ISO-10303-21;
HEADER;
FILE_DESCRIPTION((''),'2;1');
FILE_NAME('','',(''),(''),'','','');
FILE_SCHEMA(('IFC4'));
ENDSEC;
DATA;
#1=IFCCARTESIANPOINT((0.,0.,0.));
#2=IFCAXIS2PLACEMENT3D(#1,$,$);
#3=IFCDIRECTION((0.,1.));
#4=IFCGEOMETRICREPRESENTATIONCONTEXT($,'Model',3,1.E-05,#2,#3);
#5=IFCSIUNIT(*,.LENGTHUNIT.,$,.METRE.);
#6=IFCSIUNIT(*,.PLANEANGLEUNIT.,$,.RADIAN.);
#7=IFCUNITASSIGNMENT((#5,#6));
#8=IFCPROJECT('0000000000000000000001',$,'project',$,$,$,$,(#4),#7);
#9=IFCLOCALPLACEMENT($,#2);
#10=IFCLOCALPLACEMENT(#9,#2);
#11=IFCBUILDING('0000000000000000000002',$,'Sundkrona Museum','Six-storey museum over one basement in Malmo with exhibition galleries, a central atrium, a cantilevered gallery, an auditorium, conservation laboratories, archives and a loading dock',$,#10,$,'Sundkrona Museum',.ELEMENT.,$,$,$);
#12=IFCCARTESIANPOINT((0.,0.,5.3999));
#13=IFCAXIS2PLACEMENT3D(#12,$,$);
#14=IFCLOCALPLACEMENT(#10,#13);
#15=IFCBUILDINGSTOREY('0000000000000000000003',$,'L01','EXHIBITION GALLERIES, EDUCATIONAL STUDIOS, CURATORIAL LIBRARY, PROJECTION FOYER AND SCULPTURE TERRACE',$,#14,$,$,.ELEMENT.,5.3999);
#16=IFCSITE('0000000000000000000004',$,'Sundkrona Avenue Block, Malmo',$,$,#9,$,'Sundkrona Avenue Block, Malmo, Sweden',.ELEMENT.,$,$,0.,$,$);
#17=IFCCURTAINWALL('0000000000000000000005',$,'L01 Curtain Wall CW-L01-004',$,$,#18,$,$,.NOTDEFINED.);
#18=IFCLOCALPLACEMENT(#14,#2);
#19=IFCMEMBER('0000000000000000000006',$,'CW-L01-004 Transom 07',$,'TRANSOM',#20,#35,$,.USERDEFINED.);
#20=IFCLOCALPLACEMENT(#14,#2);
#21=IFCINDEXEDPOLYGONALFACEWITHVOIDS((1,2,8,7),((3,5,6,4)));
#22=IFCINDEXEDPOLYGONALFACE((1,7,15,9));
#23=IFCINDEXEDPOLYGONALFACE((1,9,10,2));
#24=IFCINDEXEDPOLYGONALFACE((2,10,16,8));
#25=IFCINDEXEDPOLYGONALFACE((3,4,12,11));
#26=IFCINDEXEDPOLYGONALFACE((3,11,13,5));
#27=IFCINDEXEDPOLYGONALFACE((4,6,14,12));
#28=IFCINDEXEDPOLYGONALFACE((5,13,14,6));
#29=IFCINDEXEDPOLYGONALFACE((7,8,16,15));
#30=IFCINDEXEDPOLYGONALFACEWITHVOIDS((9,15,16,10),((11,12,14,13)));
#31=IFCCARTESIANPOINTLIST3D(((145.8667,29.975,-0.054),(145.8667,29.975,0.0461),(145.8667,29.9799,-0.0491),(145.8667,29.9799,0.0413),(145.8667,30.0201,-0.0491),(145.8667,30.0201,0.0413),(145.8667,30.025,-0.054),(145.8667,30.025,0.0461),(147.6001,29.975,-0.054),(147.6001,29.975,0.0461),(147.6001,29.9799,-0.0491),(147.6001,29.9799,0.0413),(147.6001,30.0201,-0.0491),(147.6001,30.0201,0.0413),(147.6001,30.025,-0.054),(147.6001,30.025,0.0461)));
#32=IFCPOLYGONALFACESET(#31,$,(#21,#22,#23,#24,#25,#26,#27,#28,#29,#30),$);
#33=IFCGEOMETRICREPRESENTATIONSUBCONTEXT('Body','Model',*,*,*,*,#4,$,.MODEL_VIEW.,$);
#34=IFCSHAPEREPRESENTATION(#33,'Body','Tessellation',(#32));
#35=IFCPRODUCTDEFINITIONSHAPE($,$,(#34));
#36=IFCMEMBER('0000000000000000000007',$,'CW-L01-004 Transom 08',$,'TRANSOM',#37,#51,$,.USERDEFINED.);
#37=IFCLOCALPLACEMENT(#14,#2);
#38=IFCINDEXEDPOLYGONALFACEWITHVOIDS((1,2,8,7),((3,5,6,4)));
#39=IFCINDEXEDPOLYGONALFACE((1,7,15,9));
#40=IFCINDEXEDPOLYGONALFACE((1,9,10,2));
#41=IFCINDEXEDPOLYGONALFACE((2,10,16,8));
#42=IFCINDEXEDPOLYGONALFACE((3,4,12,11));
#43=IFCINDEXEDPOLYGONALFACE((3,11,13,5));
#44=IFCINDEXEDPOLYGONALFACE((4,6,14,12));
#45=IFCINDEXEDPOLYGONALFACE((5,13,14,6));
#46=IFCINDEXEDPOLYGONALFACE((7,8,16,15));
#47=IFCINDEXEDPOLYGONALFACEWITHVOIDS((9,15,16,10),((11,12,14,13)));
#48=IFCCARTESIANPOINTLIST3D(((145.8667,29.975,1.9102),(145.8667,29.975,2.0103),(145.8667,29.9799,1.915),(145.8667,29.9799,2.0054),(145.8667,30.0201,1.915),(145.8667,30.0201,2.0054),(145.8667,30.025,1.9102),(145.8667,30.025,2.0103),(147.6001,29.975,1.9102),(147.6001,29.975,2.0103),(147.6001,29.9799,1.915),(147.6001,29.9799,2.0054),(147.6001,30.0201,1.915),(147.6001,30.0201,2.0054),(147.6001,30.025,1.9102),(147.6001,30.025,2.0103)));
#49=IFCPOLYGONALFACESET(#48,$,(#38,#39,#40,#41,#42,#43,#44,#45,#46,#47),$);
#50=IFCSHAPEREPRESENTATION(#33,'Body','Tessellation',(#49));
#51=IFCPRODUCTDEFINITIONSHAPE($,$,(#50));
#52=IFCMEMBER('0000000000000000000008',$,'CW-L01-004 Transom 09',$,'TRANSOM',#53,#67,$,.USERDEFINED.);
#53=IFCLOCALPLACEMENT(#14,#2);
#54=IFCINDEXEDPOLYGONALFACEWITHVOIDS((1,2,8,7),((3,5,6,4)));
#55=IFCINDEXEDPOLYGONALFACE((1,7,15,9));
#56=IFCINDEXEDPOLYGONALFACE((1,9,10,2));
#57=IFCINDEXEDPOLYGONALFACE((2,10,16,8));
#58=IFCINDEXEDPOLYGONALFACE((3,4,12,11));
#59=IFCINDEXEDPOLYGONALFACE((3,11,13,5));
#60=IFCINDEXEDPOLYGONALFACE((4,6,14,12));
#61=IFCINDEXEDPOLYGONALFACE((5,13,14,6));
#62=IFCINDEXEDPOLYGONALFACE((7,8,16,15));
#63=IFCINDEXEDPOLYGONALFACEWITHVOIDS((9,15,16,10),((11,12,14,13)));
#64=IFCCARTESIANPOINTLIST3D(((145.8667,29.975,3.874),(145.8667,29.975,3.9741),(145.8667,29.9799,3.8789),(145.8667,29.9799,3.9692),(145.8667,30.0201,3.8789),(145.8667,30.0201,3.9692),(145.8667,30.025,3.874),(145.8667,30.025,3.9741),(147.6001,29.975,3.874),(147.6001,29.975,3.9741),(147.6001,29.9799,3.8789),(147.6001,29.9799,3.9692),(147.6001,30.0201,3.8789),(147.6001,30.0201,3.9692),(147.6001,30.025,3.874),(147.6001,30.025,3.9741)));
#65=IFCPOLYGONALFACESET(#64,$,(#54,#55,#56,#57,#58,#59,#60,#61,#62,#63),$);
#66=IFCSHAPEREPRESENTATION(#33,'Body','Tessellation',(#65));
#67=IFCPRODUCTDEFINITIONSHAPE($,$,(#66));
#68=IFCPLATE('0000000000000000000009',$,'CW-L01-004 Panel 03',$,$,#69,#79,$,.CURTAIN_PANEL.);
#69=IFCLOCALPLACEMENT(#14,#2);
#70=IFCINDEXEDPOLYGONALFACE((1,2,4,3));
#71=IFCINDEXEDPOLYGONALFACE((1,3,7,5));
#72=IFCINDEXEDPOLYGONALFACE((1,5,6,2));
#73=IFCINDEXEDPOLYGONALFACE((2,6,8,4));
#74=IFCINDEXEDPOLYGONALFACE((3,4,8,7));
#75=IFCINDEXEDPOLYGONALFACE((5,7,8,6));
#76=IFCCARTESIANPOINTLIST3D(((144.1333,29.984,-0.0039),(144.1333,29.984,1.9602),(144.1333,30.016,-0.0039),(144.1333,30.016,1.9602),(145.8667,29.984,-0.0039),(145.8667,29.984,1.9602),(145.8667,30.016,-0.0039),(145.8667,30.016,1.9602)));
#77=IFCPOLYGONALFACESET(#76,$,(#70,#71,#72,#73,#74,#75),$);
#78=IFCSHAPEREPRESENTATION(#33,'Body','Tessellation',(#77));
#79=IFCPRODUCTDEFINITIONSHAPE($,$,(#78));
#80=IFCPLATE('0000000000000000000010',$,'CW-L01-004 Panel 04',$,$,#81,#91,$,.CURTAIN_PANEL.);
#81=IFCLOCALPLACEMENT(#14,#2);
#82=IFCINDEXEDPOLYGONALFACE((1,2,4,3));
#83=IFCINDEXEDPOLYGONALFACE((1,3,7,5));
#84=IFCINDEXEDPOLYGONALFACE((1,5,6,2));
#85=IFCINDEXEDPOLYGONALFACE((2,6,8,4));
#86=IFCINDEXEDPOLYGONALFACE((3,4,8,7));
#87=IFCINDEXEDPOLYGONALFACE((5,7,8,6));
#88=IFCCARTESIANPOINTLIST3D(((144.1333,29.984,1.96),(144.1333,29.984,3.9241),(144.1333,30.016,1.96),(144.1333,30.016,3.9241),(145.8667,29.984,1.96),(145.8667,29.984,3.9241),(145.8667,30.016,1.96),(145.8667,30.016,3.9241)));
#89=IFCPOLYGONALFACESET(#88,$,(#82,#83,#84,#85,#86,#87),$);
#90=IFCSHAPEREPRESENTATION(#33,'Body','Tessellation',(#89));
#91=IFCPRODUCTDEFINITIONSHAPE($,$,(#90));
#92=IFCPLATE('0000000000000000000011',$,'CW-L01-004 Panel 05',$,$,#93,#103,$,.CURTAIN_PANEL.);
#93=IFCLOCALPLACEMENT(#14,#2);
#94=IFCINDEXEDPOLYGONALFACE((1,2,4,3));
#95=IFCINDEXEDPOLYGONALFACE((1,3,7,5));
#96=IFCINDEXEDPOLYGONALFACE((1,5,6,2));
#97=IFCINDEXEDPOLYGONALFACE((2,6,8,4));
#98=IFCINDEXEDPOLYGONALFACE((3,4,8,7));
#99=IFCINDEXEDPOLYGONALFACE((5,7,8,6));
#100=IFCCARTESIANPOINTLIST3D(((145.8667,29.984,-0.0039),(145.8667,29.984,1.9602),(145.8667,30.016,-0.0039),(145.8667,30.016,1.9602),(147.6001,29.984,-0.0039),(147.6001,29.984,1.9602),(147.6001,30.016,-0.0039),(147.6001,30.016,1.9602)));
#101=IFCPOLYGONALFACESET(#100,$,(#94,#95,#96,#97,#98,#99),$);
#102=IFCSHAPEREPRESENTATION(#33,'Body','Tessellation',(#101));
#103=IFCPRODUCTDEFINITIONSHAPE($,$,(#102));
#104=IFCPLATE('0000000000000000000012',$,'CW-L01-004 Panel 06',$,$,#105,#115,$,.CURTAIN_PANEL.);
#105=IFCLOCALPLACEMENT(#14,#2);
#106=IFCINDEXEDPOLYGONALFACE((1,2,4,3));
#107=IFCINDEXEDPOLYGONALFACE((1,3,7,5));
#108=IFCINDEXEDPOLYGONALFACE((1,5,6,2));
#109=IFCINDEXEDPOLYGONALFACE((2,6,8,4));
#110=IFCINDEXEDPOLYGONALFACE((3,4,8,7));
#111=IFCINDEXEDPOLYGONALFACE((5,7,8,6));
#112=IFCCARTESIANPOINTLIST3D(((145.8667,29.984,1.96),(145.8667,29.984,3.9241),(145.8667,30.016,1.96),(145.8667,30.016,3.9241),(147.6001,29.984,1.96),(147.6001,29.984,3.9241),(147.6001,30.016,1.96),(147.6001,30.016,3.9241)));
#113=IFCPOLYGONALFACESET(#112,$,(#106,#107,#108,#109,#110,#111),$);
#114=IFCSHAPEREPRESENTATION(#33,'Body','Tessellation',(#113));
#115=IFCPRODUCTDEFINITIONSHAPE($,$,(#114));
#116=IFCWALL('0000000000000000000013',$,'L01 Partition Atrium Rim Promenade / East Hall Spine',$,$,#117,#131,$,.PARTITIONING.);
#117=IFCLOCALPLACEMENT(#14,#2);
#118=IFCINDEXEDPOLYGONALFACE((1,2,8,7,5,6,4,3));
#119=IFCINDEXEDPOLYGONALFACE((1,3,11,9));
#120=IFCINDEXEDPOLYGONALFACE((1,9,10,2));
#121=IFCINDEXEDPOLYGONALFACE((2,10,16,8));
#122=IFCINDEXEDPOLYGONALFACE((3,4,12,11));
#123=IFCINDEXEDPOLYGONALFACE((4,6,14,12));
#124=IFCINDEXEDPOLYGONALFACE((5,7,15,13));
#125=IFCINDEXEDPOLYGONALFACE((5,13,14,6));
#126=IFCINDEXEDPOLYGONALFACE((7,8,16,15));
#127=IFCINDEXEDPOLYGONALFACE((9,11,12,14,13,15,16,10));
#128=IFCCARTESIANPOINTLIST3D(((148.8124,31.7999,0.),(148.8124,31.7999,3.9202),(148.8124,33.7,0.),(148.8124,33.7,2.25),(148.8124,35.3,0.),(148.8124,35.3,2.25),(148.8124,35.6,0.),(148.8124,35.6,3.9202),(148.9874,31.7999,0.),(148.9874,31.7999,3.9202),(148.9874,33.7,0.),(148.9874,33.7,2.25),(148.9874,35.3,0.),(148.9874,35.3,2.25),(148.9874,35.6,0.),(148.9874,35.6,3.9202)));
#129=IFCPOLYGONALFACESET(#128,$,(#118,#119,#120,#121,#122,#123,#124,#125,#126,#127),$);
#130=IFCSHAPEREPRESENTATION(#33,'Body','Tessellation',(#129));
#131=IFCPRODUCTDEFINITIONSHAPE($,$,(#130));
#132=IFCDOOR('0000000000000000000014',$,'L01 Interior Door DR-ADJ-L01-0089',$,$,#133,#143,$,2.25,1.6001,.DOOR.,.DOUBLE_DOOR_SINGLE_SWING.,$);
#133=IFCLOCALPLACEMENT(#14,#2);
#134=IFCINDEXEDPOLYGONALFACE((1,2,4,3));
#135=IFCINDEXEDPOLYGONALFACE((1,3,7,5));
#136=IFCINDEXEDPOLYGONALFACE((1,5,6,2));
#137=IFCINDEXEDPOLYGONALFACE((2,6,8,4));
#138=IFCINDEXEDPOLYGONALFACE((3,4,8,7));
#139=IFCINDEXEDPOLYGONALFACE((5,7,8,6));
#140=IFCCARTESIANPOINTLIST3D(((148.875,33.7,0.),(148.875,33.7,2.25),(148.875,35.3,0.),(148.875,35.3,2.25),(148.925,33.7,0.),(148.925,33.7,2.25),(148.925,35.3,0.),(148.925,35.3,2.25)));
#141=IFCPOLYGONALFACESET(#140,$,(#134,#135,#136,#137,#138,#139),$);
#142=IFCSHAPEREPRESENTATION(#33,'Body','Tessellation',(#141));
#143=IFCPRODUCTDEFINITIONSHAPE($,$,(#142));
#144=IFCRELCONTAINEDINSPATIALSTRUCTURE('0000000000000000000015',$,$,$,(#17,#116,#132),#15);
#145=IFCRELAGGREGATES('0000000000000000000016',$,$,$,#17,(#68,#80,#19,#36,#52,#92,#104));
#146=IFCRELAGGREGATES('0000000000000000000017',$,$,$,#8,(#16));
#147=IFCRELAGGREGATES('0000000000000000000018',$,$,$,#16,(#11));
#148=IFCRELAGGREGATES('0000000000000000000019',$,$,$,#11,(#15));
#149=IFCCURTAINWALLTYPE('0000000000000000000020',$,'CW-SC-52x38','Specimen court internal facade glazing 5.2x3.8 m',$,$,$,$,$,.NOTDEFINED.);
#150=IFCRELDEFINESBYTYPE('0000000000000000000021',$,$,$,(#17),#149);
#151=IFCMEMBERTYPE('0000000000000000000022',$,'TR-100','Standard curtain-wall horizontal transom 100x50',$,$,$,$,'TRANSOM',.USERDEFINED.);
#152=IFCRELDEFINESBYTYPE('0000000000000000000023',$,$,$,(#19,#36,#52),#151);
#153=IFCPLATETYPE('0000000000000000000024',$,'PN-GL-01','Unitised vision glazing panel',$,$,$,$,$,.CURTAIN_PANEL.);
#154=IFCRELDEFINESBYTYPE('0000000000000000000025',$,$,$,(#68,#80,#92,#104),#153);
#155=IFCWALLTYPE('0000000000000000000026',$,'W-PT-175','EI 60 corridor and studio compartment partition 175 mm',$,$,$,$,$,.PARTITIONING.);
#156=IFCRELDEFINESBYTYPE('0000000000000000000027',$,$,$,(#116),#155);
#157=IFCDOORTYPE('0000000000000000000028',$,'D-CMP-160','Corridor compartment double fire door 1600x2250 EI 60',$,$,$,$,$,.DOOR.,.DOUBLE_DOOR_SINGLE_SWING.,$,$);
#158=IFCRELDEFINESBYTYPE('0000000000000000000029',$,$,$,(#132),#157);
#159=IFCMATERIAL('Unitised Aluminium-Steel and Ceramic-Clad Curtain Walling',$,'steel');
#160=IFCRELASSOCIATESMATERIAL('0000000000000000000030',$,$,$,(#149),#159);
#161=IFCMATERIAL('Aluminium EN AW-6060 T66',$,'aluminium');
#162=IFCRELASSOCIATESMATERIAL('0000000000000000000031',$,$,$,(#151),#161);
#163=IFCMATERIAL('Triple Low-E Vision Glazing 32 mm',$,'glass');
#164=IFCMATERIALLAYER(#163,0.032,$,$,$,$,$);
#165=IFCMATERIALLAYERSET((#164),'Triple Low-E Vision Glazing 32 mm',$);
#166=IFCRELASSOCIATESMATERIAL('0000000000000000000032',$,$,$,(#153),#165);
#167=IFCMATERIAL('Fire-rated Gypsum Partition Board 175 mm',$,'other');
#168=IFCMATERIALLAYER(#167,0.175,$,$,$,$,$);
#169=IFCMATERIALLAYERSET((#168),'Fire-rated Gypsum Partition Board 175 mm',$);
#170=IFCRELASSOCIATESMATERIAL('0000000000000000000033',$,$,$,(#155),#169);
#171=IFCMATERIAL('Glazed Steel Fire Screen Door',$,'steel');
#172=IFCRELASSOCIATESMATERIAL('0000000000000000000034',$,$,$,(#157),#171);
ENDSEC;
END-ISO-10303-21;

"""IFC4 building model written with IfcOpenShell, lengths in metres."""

from ifc_helpers import new_model, si_unit, direction, frame, frame_2d, origin, origin_2d, place, context, subcontext, project, spatial, rectangle, hollow_rectangle, extrude, material, layer, layer_set, material_profile, profile_set, type_object, element, fill, aggregate, save


model = new_model("IFC4")

# Units and contexts
model_context = context("Model", 3, precision=1e-05, world=origin(), true_north=direction((0.0, 1.0)))
body_context = subcontext(model_context, "Body", "Model", "MODEL_VIEW")
ifc_project = project(units=[si_unit("LENGTHUNIT", "METRE"), si_unit("PLANEANGLEUNIT", "RADIAN")], contexts=[model_context])

# Site, building, storey
site_placement = place(None, origin())
site = spatial("IfcSite", under=ifc_project, at=site_placement, Name="Sundkrona Avenue Block, Malmo", LongName="Sundkrona Avenue Block, Malmo, Sweden", CompositionType="ELEMENT", RefElevation=0.0)
building_placement = place(site_placement, origin())
building = spatial("IfcBuilding", under=site, at=building_placement, Name="Sundkrona Museum", Description="Six-storey museum over one basement in Malmo with exhibition galleries, a central atrium, a cantilevered gallery, an auditorium, conservation laboratories, archives and a loading dock", LongName="Sundkrona Museum", CompositionType="ELEMENT")
storey_placement = place(building_placement, frame((0.0, 0.0, 5.3999)))
storey = spatial("IfcBuildingStorey", under=building, at=storey_placement, Name="L01", Description="EXHIBITION GALLERIES, EDUCATIONAL STUDIOS, CURATORIAL LIBRARY, PROJECTION FOYER AND SCULPTURE TERRACE", CompositionType="ELEMENT", Elevation=5.3999)

# Curtain wall, members, plates
ifc_material_1 = material(Name="Unitised Aluminium-Steel and Ceramic-Clad Curtain Walling", Category="steel")
curtain_wall_type = type_object("IfcCurtainWallType", Name="CW-SC-52x38", Description="Specimen court internal facade glazing 5.2x3.8 m", PredefinedType="NOTDEFINED", material=ifc_material_1)
curtain_wall_placement = place(storey_placement, origin())
curtain_wall = element("IfcCurtainWall", 1, at=curtain_wall_placement, inside=storey, type_object=curtain_wall_type, Name="L01 Curtain Wall CW-L01-004", PredefinedType="NOTDEFINED")
ifc_material_2 = material(Name="Aluminium EN AW-6060 T66", Category="aluminium")
ifc_material_profile_1 = material_profile(ifc_material_2, hollow_rectangle(XDim=0.05, YDim=0.1001, WallThickness=0.0049, at=origin_2d()), Name="RHS 100x50x5.0")
ifc_profile_set_1 = profile_set([ifc_material_profile_1], Name="Aluminium EN AW-6060 T66")
member_type_1 = type_object("IfcMemberType", Name="TR-100", Description="Standard curtain-wall horizontal transom 100x50", ElementType="TRANSOM", PredefinedType="USERDEFINED", material=ifc_profile_set_1)
member_1_placement = place(storey_placement, frame((145.8667, 30.0, -0.0039), z_axis=(1.0, 0.0, 0.0), x_axis=(0.0, 1.0, 0.0)))
member_1 = element("IfcMember", 2, at=member_1_placement, type_object=member_type_1, Name="CW-L01-004 Transom 07", ObjectType="TRANSOM", PredefinedType="USERDEFINED", context=body_context, shape_type="SweptSolid", body=[
    extrude(hollow_rectangle(XDim=0.05, YDim=0.1001, WallThickness=0.0049, at=origin_2d()), origin(), (0.0, 0.0, 1.0), 1.7334),
])
member_2_placement = place(storey_placement, frame((145.8667, 30.0, 1.9602), z_axis=(1.0, 0.0, 0.0), x_axis=(0.0, 1.0, 0.0)))
member_2 = element("IfcMember", 3, at=member_2_placement, type_object=member_type_1, Name="CW-L01-004 Transom 08", ObjectType="TRANSOM", PredefinedType="USERDEFINED", context=body_context, shape_type="SweptSolid", body=[
    extrude(hollow_rectangle(XDim=0.05, YDim=0.1001, WallThickness=0.0049, at=origin_2d()), origin(), (0.0, 0.0, 1.0), 1.7334),
])
member_3_placement = place(storey_placement, frame((145.8667, 30.0, 3.9241), z_axis=(1.0, 0.0, 0.0), x_axis=(0.0, 1.0, 0.0)))
member_3 = element("IfcMember", 4, at=member_3_placement, type_object=member_type_1, Name="CW-L01-004 Transom 09", ObjectType="TRANSOM", PredefinedType="USERDEFINED", context=body_context, shape_type="SweptSolid", body=[
    extrude(hollow_rectangle(XDim=0.05, YDim=0.1001, WallThickness=0.0049, at=origin_2d()), origin(), (0.0, 0.0, 1.0), 1.7334),
])
ifc_material_3 = material(Name="Triple Low-E Vision Glazing 32 mm", Category="glass")
ifc_layer_1 = layer(ifc_material_3, 0.032)
ifc_layer_set_1 = layer_set([ifc_layer_1], Name="Triple Low-E Vision Glazing 32 mm")
plate_type = type_object("IfcPlateType", Name="PN-GL-01", Description="Unitised vision glazing panel", PredefinedType="CURTAIN_PANEL", material=ifc_layer_set_1)
plate_1_placement = place(storey_placement, frame((145.0, 30.0, -0.0039), z_axis=(0.0, 0.0, 1.0), x_axis=(1.0, 0.0, 0.0)))
plate_1 = element("IfcPlate", 5, at=plate_1_placement, type_object=plate_type, Name="CW-L01-004 Panel 03", PredefinedType="CURTAIN_PANEL", context=body_context, shape_type="SweptSolid", body=[
    extrude(rectangle(XDim=1.7334, YDim=0.032, at=origin_2d()), origin(), (0.0, 0.0, 1.0), 1.9641),
])
plate_2_placement = place(storey_placement, frame((145.0, 30.0, 1.96), z_axis=(0.0, 0.0, 1.0), x_axis=(1.0, 0.0, 0.0)))
plate_2 = element("IfcPlate", 6, at=plate_2_placement, type_object=plate_type, Name="CW-L01-004 Panel 04", PredefinedType="CURTAIN_PANEL", context=body_context, shape_type="SweptSolid", body=[
    extrude(rectangle(XDim=1.7334, YDim=0.032, at=origin_2d()), origin(), (0.0, 0.0, 1.0), 1.9641),
])
plate_3_placement = place(storey_placement, frame((146.7334, 30.0, -0.0039), z_axis=(0.0, 0.0, 1.0), x_axis=(1.0, 0.0, 0.0)))
plate_3 = element("IfcPlate", 7, at=plate_3_placement, type_object=plate_type, Name="CW-L01-004 Panel 05", PredefinedType="CURTAIN_PANEL", context=body_context, shape_type="SweptSolid", body=[
    extrude(rectangle(XDim=1.7334, YDim=0.032, at=origin_2d()), origin(), (0.0, 0.0, 1.0), 1.9641),
])
plate_4_placement = place(storey_placement, frame((146.7334, 30.0, 1.96), z_axis=(0.0, 0.0, 1.0), x_axis=(1.0, 0.0, 0.0)))
plate_4 = element("IfcPlate", 8, at=plate_4_placement, type_object=plate_type, Name="CW-L01-004 Panel 06", PredefinedType="CURTAIN_PANEL", context=body_context, shape_type="SweptSolid", body=[
    extrude(rectangle(XDim=1.7334, YDim=0.032, at=origin_2d()), origin(), (0.0, 0.0, 1.0), 1.9641),
])
aggregate(curtain_wall, [plate_1, plate_2, member_1, member_2, member_3, plate_3, plate_4])

# Wall, opening, door
ifc_material_4 = material(Name="Fire-rated Gypsum Partition Board 175 mm", Category="other")
ifc_layer_2 = layer(ifc_material_4, 0.175)
ifc_layer_set_2 = layer_set([ifc_layer_2], Name="Fire-rated Gypsum Partition Board 175 mm")
wall_type = type_object("IfcWallType", Name="W-PT-175", Description="EI 60 corridor and studio compartment partition 175 mm", PredefinedType="PARTITIONING", material=ifc_layer_set_2)
wall_placement = place(storey_placement, frame((148.8999, 31.8, 0.0), z_axis=(0.0, 0.0, 1.0), x_axis=(0.0, 1.0, 0.0)))
wall = element("IfcWall", 9, at=wall_placement, inside=storey, type_object=wall_type, Name="L01 Partition Atrium Rim Promenade / East Hall Spine", PredefinedType="PARTITIONING", context=body_context, shape_type="SweptSolid", body=[
    extrude(rectangle(XDim=3.8, YDim=0.175, at=frame_2d((1.8999, 0.0))), origin(), (0.0, 0.0, 1.0), 3.9202),
])
opening_placement = place(wall_placement, frame((1.8999, 0.0, 0.0)))
opening = element("IfcOpeningElement", 10, at=opening_placement, cuts=wall, PredefinedType="OPENING", context=body_context, shape_type="SweptSolid", body=[
    extrude(rectangle(XDim=1.6001, YDim=2.25, at=frame_2d((0.8, 1.125))), frame((0.0, 0.0974, 0.0), z_axis=(0.0, -1.0, 0.0), x_axis=(1.0, 0.0, 0.0)), (0.0, 0.0, 1.0), 0.1951),
])
ifc_material_5 = material(Name="Glazed Steel Fire Screen Door", Category="steel")
door_type = type_object("IfcDoorType", Name="D-CMP-160", Description="Corridor compartment double fire door 1600x2250 EI 60", OperationType="DOUBLE_DOOR_SINGLE_SWING", PredefinedType="DOOR", material=ifc_material_5)
door_placement = place(opening_placement, origin())
door = element("IfcDoor", 11, at=door_placement, inside=storey, type_object=door_type, Name="L01 Interior Door DR-ADJ-L01-0089", OperationType="DOUBLE_DOOR_SINGLE_SWING", OverallHeight=2.25, OverallWidth=1.6001, PredefinedType="DOOR", context=body_context, shape_type="SweptSolid", body=[
    extrude(rectangle(XDim=1.6001, YDim=2.25, at=frame_2d((0.8, 1.125))), frame((0.0, 0.0249, 0.0), z_axis=(0.0, -1.0, 0.0), x_axis=(1.0, 0.0, 0.0)), (0.0, 0.0, 1.0), 0.05),
])
fill(opening, door)

save(model, "model.ifc")
